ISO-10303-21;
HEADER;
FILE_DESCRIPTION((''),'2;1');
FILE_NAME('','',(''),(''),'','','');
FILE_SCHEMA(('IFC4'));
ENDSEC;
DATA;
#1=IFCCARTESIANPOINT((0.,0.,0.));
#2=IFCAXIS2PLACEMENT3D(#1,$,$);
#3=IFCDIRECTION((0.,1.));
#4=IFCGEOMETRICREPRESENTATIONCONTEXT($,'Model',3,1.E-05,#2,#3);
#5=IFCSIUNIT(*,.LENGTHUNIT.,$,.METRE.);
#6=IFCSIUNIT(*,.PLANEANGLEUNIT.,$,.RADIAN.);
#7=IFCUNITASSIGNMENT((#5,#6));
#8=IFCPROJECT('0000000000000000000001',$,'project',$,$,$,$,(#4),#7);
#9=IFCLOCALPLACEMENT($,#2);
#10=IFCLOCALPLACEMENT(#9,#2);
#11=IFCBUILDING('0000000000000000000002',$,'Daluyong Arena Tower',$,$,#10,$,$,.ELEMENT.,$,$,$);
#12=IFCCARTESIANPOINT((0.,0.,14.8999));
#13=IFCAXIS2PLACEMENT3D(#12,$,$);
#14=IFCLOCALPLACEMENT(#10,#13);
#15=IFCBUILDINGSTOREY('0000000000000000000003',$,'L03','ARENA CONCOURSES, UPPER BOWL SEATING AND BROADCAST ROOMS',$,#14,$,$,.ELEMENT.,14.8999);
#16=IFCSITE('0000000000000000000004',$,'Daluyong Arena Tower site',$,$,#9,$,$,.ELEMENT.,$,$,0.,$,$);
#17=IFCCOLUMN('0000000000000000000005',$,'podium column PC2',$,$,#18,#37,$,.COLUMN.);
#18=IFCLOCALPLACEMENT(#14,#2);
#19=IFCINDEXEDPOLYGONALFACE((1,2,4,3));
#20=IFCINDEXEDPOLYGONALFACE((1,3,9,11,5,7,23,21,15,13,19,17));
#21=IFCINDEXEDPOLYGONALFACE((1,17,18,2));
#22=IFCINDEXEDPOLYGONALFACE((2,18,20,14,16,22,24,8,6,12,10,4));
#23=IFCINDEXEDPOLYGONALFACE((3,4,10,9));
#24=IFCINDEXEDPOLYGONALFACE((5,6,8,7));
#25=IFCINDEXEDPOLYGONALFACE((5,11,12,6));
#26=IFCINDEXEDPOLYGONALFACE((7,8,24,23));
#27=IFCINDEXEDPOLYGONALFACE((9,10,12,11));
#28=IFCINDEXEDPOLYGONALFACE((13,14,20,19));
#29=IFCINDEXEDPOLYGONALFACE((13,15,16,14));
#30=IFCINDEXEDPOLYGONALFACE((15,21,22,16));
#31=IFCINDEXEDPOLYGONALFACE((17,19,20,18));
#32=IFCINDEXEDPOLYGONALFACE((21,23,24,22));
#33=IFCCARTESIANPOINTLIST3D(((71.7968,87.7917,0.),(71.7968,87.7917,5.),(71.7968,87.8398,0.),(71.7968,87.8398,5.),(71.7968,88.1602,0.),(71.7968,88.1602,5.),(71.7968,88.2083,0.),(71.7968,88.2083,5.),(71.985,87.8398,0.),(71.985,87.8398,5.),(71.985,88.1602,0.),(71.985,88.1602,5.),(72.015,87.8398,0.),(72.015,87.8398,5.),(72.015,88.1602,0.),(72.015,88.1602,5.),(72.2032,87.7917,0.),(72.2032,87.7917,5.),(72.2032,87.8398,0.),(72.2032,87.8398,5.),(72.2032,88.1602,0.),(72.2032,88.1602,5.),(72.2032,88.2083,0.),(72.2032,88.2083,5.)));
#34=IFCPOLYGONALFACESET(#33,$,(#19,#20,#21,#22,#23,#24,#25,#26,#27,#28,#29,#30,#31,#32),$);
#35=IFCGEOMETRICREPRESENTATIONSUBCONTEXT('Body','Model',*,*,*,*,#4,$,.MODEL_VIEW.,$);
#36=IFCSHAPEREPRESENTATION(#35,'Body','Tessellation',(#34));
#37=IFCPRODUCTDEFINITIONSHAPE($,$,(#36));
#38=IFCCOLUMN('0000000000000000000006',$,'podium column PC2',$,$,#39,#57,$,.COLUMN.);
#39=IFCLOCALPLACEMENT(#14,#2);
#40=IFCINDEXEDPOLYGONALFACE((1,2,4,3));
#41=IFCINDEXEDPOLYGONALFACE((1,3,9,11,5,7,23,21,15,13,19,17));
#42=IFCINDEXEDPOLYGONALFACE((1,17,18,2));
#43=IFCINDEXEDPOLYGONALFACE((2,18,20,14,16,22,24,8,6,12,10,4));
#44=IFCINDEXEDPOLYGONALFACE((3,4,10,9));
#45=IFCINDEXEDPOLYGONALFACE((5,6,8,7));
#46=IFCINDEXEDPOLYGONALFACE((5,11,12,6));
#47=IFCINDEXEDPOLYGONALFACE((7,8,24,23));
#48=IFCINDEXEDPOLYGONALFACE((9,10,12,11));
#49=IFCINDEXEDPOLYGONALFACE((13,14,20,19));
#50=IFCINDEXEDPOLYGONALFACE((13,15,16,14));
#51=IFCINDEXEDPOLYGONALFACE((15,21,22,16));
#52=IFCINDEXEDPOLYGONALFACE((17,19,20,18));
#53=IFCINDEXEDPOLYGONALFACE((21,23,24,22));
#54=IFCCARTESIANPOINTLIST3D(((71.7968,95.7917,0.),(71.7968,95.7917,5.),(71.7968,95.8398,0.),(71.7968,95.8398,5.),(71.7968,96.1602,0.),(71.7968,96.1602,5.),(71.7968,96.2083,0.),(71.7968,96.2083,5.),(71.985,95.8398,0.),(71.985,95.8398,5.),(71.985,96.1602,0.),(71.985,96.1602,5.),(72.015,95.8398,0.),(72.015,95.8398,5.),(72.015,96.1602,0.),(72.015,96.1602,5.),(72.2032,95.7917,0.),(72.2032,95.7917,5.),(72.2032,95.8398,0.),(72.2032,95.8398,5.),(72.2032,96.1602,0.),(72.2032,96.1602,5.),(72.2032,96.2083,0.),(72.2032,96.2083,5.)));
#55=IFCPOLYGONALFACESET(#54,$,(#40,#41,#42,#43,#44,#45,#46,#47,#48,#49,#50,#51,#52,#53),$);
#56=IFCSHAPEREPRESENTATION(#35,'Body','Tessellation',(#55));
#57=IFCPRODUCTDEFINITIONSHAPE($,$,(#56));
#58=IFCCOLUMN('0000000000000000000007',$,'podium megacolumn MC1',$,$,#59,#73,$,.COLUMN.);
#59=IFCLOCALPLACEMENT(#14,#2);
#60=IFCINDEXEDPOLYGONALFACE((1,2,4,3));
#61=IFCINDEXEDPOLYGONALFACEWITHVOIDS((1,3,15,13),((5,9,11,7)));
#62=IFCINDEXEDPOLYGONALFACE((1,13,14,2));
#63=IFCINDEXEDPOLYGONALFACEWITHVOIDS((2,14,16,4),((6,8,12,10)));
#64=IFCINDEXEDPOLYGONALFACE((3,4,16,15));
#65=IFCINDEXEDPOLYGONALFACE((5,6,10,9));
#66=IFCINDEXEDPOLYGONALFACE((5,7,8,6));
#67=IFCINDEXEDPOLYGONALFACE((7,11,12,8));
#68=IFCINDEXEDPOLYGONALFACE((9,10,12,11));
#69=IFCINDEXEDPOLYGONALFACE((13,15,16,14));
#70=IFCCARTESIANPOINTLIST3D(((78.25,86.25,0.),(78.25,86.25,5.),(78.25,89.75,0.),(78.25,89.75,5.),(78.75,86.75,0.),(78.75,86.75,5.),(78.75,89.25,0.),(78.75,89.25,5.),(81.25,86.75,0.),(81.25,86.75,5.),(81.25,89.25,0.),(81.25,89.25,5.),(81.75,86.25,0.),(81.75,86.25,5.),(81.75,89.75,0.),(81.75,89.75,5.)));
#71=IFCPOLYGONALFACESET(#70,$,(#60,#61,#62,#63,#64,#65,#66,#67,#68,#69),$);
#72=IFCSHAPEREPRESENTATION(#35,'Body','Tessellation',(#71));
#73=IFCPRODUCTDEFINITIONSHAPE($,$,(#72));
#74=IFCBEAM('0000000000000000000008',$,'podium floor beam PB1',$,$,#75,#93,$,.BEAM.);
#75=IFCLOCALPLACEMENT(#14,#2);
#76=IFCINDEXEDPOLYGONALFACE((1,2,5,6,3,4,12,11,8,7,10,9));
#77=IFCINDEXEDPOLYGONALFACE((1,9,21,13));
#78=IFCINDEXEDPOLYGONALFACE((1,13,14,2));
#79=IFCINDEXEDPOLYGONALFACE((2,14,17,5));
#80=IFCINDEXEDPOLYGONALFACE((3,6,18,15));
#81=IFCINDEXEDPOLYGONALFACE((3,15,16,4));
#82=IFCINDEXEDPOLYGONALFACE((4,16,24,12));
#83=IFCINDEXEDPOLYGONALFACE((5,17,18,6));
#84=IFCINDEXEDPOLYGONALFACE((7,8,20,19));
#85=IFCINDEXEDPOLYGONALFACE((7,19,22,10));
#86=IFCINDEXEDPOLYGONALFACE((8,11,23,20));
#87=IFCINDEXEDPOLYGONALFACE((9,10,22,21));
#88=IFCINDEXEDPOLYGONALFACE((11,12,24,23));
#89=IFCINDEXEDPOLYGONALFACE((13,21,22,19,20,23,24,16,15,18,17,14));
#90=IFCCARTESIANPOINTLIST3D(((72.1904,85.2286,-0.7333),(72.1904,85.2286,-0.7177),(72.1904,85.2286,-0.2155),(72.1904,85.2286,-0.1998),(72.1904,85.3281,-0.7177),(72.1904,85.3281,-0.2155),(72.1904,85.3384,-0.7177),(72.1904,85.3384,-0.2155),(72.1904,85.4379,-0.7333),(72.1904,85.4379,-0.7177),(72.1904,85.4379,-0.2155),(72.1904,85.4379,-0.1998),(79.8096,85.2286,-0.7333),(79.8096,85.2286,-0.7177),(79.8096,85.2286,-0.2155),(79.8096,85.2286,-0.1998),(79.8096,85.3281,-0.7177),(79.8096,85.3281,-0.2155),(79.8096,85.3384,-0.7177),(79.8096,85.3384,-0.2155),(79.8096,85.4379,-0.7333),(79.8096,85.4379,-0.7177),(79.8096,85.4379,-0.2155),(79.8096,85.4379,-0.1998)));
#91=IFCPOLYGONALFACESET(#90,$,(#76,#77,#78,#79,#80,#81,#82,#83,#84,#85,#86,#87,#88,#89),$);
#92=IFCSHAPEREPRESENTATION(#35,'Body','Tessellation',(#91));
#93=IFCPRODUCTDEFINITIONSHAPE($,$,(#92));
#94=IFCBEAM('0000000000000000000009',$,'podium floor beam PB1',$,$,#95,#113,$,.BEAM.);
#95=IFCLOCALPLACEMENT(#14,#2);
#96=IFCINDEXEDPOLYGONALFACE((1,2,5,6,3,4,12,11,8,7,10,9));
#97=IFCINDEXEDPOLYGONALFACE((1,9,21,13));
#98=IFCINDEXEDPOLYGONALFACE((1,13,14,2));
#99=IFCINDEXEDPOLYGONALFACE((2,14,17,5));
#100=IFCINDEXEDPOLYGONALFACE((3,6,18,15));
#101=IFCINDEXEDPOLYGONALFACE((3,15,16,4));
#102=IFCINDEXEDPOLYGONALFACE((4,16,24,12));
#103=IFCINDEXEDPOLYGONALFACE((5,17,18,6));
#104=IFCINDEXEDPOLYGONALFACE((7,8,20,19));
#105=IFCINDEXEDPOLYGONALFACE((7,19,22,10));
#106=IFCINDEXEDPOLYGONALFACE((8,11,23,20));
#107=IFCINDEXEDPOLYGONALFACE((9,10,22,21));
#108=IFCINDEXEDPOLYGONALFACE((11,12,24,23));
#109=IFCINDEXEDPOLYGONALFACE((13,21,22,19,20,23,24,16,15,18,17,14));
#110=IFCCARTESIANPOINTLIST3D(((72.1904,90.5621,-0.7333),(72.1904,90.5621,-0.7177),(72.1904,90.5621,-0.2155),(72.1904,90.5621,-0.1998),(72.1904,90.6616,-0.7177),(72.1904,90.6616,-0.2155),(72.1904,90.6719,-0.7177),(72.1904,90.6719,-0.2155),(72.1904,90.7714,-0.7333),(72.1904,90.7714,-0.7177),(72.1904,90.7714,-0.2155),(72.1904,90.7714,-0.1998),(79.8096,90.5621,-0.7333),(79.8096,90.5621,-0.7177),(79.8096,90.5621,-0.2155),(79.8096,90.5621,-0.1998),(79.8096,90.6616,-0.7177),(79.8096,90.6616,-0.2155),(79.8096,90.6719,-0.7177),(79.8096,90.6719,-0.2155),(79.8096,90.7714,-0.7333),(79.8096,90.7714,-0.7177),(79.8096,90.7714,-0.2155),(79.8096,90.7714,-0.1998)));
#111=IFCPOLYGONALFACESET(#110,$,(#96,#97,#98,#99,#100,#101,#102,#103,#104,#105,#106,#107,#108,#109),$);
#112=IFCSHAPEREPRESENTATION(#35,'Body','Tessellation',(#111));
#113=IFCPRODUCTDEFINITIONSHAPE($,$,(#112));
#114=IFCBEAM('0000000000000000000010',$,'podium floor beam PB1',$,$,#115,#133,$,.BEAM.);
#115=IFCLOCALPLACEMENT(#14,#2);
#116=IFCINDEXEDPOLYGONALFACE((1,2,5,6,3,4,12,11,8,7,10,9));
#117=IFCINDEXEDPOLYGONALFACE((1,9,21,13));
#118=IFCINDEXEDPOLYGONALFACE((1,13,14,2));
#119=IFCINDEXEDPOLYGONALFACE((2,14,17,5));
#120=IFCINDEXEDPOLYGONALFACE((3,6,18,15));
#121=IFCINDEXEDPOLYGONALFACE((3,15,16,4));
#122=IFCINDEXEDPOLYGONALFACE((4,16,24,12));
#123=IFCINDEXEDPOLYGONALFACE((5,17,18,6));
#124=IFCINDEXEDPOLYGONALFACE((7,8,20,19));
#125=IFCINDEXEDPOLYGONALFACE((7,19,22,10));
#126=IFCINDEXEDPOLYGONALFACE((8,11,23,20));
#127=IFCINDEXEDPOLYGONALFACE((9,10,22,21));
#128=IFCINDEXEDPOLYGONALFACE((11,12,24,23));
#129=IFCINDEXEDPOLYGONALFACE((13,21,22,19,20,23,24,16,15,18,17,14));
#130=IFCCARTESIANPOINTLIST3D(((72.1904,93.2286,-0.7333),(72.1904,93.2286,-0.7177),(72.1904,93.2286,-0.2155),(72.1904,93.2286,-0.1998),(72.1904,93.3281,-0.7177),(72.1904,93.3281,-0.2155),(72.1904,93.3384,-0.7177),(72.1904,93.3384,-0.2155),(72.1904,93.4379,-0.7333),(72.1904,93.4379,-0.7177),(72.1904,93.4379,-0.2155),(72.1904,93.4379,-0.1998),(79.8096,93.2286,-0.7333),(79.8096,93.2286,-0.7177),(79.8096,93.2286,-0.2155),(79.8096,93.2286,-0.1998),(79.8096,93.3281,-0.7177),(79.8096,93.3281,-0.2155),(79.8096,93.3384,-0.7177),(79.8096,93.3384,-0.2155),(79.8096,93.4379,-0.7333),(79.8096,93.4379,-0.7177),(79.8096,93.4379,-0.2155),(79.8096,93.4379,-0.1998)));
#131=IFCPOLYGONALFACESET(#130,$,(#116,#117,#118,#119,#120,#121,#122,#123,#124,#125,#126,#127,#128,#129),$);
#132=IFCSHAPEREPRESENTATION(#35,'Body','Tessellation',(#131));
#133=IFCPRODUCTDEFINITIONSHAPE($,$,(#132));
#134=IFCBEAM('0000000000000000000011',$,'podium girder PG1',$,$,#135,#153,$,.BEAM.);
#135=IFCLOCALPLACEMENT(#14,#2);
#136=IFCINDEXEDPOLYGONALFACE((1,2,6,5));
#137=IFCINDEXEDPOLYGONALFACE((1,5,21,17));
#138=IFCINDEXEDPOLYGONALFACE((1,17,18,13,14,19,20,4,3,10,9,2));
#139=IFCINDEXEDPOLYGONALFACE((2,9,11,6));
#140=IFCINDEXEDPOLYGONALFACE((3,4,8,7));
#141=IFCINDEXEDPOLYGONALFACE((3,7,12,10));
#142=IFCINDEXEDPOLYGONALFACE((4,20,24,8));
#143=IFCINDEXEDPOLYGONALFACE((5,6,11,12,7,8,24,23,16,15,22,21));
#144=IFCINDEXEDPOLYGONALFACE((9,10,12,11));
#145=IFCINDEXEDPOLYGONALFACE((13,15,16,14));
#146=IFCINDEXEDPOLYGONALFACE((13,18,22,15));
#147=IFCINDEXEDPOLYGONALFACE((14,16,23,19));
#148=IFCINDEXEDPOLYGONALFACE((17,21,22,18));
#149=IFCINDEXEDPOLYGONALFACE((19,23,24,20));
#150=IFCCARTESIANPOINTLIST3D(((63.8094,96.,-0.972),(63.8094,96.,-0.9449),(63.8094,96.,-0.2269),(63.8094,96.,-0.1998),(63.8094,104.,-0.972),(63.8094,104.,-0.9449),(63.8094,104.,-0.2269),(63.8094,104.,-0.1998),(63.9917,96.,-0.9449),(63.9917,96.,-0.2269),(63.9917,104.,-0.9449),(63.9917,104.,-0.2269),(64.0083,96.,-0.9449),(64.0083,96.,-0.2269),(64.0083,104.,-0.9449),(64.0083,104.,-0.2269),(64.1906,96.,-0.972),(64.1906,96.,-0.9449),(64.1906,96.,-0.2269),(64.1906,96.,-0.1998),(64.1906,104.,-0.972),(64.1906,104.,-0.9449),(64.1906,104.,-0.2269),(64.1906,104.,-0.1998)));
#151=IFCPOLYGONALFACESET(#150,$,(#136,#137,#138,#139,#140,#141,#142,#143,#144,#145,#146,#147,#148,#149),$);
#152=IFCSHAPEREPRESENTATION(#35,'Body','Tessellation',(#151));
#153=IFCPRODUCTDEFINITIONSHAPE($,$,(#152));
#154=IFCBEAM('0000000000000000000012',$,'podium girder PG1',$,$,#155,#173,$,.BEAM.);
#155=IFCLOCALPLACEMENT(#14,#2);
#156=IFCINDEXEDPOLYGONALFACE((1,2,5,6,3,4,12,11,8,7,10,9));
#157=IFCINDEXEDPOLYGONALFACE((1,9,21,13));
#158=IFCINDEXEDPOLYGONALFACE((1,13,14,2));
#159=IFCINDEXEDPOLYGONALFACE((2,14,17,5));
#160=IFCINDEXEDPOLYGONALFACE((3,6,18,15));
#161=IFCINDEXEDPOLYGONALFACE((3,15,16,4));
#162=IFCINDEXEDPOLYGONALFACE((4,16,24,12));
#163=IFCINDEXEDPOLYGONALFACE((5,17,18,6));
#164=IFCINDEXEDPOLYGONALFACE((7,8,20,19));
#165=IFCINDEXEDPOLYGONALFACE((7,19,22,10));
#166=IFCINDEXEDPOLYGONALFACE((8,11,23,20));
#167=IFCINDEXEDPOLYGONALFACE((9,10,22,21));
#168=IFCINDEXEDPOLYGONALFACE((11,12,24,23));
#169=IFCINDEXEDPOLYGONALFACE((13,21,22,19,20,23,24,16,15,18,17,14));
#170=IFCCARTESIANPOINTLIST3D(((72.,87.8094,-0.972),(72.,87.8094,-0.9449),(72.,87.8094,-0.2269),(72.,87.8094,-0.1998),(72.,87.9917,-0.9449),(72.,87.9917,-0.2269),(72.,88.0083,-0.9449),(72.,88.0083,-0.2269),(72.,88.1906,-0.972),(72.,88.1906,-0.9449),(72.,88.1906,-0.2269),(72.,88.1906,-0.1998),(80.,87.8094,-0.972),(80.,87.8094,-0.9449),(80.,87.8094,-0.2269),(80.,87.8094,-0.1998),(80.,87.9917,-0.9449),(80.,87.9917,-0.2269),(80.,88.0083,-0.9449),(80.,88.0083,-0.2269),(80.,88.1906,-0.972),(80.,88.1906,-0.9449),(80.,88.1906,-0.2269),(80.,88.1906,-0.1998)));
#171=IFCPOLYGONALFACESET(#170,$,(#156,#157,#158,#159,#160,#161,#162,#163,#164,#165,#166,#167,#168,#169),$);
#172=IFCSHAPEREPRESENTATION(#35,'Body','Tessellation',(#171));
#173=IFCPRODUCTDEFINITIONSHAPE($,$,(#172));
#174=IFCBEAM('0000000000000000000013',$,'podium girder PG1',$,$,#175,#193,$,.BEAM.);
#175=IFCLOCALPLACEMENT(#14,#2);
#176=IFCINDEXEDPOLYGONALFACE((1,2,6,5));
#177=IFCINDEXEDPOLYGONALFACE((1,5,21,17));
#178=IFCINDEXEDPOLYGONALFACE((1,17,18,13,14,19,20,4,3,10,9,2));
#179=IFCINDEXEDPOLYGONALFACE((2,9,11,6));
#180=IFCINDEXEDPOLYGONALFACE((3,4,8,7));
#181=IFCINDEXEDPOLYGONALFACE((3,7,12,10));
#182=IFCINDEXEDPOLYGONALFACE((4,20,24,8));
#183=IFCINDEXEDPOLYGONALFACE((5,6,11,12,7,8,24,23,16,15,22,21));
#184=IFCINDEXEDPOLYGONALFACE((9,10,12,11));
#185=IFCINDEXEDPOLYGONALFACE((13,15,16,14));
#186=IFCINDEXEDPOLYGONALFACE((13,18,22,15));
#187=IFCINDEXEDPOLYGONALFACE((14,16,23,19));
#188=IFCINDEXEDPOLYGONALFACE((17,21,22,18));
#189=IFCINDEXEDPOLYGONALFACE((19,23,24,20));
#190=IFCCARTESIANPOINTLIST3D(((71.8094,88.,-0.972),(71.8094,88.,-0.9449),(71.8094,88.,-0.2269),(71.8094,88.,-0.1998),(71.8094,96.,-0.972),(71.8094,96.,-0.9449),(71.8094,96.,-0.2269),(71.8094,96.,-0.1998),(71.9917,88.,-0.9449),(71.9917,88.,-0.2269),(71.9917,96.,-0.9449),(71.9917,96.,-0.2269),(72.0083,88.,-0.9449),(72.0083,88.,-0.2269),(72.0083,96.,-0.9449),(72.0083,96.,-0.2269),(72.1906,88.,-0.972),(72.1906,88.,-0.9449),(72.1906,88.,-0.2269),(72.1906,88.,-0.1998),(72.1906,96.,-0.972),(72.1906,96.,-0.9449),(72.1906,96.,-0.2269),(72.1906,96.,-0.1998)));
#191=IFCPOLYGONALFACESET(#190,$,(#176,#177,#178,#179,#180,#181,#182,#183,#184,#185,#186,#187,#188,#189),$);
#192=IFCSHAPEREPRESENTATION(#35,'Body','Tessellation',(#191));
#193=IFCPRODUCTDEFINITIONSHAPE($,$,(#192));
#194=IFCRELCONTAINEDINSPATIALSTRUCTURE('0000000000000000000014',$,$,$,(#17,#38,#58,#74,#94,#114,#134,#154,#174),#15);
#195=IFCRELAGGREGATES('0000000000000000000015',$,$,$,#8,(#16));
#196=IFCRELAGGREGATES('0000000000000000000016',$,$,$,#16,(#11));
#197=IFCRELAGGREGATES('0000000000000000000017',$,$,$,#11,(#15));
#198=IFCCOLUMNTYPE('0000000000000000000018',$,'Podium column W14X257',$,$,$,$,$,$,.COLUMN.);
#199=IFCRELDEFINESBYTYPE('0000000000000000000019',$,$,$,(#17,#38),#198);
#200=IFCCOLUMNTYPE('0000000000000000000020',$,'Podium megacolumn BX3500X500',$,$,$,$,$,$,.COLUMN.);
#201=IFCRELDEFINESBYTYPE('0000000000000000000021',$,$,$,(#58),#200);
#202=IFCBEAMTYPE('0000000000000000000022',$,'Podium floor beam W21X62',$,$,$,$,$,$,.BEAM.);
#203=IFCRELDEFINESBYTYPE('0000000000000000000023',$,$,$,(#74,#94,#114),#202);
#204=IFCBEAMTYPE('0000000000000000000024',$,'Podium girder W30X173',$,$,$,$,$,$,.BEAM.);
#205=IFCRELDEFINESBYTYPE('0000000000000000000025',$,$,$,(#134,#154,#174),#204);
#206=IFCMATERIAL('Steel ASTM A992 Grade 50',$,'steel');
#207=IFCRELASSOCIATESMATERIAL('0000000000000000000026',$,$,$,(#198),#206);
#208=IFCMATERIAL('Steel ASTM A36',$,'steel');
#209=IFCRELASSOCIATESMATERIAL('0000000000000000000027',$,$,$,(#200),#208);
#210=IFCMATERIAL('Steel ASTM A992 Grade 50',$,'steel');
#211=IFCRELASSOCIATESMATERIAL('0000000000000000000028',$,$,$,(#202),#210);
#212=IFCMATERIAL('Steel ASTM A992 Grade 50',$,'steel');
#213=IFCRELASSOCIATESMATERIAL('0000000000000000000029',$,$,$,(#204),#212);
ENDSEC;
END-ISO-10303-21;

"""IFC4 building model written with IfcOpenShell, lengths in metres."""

from ifc_helpers import new_model, si_unit, direction, frame, origin, origin_2d, place, context, subcontext, project, spatial, hollow_rectangle, i_section, extrude, material, material_profile, profile_set, type_object, element, save


model = new_model("IFC4")

# Units and contexts
model_context = context("Model", 3, precision=1e-05, world=origin(), true_north=direction((0.0, 1.0)))
body_context = subcontext(model_context, "Body", "Model", "MODEL_VIEW")
ifc_project = project(units=[si_unit("LENGTHUNIT", "METRE"), si_unit("PLANEANGLEUNIT", "RADIAN")], contexts=[model_context])

# Site, building, storey
site_placement = place(None, origin())
site = spatial("IfcSite", under=ifc_project, at=site_placement, Name="Daluyong Arena Tower site", CompositionType="ELEMENT", RefElevation=0.0)
building_placement = place(site_placement, origin())
building = spatial("IfcBuilding", under=site, at=building_placement, Name="Daluyong Arena Tower", CompositionType="ELEMENT")
storey_placement = place(building_placement, frame((0.0, 0.0, 14.8999)))
storey = spatial("IfcBuildingStorey", under=building, at=storey_placement, Name="L03", Description="ARENA CONCOURSES, UPPER BOWL SEATING AND BROADCAST ROOMS", CompositionType="ELEMENT", Elevation=14.8999)

# Columns
ifc_material_1 = material(Name="Steel ASTM A992 Grade 50", Category="steel")
ifc_material_profile_1 = material_profile(ifc_material_1, i_section(OverallWidth=0.4065, OverallDepth=0.4165, WebThickness=0.03, FlangeThickness=0.0481, at=origin_2d()))
ifc_profile_set_1 = profile_set([ifc_material_profile_1], Name="Steel ASTM A992 Grade 50")
column_type_1 = type_object("IfcColumnType", Name="Podium column W14X257", PredefinedType="COLUMN", material=ifc_profile_set_1)
for number, where, z_axis, x_axis, name in (
    (1, (72.0, 88.0, 0.0), (0.0, 0.0, 1.0), (1.0, 0.0, 0.0), "podium column PC2"),
    (2, (72.0, 96.0, 0.0), (0.0, 0.0, 1.0), (1.0, 0.0, 0.0), "podium column PC2"),
):
    element("IfcColumn", number, at=place(storey_placement, frame(where, z_axis=z_axis, x_axis=x_axis)), inside=storey, type_object=column_type_1, Name=name, PredefinedType="COLUMN", context=body_context, shape_type="SweptSolid", body=[
        extrude(i_section(OverallWidth=0.4065, OverallDepth=0.4165, WebThickness=0.03, FlangeThickness=0.0481, at=origin_2d()), origin(), (0.0, 0.0, 1.0), 5.0),
    ])
ifc_material_2 = material(Name="Steel ASTM A36", Category="steel")
ifc_material_profile_2 = material_profile(ifc_material_2, hollow_rectangle(XDim=3.5, YDim=3.5, WallThickness=0.5, at=origin_2d()))
ifc_profile_set_2 = profile_set([ifc_material_profile_2], Name="Steel ASTM A36")
column_type_2 = type_object("IfcColumnType", Name="Podium megacolumn BX3500X500", PredefinedType="COLUMN", material=ifc_profile_set_2)
column_placement = place(storey_placement, frame((80.0, 88.0, 0.0), z_axis=(0.0, 0.0, 1.0), x_axis=(1.0, 0.0, 0.0)))
element("IfcColumn", 3, at=column_placement, inside=storey, type_object=column_type_2, Name="podium megacolumn MC1", PredefinedType="COLUMN", context=body_context, shape_type="SweptSolid", body=[
    extrude(hollow_rectangle(XDim=3.5, YDim=3.5, WallThickness=0.5, at=origin_2d()), origin(), (0.0, 0.0, 1.0), 5.0),
])

# Beams
ifc_material_3 = material(Name="Steel ASTM A992 Grade 50", Category="steel")
ifc_material_profile_3 = material_profile(ifc_material_3, i_section(OverallWidth=0.2092, OverallDepth=0.5334, WebThickness=0.0103, FlangeThickness=0.0156, at=origin_2d()))
ifc_profile_set_3 = profile_set([ifc_material_profile_3], Name="Steel ASTM A992 Grade 50")
beam_type_1 = type_object("IfcBeamType", Name="Podium floor beam W21X62", PredefinedType="BEAM", material=ifc_profile_set_3)
for number, where, z_axis, x_axis, name in (
    (4, (72.1904, 85.3333, -0.4666), (1.0, 0.0, 0.0), (0.0, 1.0, 0.0), "podium floor beam PB1"),
    (5, (72.1904, 90.6667, -0.4666), (1.0, 0.0, 0.0), (0.0, 1.0, 0.0), "podium floor beam PB1"),
    (6, (72.1904, 93.3333, -0.4666), (1.0, 0.0, 0.0), (0.0, 1.0, 0.0), "podium floor beam PB1"),
):
    element("IfcBeam", number, at=place(storey_placement, frame(where, z_axis=z_axis, x_axis=x_axis)), inside=storey, type_object=beam_type_1, Name=name, PredefinedType="BEAM", context=body_context, shape_type="SweptSolid", body=[
        extrude(i_section(OverallWidth=0.2092, OverallDepth=0.5334, WebThickness=0.0103, FlangeThickness=0.0156, at=origin_2d()), origin(), (0.0, 0.0, 1.0), 7.6191),
    ])
ifc_material_4 = material(Name="Steel ASTM A992 Grade 50", Category="steel")
ifc_material_profile_4 = material_profile(ifc_material_4, i_section(OverallWidth=0.3811, OverallDepth=0.7722, WebThickness=0.0166, FlangeThickness=0.0271, at=origin_2d()))
ifc_profile_set_4 = profile_set([ifc_material_profile_4], Name="Steel ASTM A992 Grade 50")
beam_type_2 = type_object("IfcBeamType", Name="Podium girder W30X173", PredefinedType="BEAM", material=ifc_profile_set_4)
for number, where, z_axis, x_axis, name in (
    (7, (64.0, 96.0, -0.5859), (0.0, 1.0, 0.0), (-1.0, 0.0, 0.0), "podium girder PG1"),
    (8, (72.0, 88.0, -0.5859), (1.0, 0.0, 0.0), (0.0, 1.0, 0.0), "podium girder PG1"),
    (9, (72.0, 88.0, -0.5859), (0.0, 1.0, 0.0), (-1.0, 0.0, 0.0), "podium girder PG1"),
):
    element("IfcBeam", number, at=place(storey_placement, frame(where, z_axis=z_axis, x_axis=x_axis)), inside=storey, type_object=beam_type_2, Name=name, PredefinedType="BEAM", context=body_context, shape_type="SweptSolid", body=[
        extrude(i_section(OverallWidth=0.3811, OverallDepth=0.7722, WebThickness=0.0166, FlangeThickness=0.0271, at=origin_2d()), origin(), (0.0, 0.0, 1.0), 8.0),
    ])

save(model, "model.ifc")
